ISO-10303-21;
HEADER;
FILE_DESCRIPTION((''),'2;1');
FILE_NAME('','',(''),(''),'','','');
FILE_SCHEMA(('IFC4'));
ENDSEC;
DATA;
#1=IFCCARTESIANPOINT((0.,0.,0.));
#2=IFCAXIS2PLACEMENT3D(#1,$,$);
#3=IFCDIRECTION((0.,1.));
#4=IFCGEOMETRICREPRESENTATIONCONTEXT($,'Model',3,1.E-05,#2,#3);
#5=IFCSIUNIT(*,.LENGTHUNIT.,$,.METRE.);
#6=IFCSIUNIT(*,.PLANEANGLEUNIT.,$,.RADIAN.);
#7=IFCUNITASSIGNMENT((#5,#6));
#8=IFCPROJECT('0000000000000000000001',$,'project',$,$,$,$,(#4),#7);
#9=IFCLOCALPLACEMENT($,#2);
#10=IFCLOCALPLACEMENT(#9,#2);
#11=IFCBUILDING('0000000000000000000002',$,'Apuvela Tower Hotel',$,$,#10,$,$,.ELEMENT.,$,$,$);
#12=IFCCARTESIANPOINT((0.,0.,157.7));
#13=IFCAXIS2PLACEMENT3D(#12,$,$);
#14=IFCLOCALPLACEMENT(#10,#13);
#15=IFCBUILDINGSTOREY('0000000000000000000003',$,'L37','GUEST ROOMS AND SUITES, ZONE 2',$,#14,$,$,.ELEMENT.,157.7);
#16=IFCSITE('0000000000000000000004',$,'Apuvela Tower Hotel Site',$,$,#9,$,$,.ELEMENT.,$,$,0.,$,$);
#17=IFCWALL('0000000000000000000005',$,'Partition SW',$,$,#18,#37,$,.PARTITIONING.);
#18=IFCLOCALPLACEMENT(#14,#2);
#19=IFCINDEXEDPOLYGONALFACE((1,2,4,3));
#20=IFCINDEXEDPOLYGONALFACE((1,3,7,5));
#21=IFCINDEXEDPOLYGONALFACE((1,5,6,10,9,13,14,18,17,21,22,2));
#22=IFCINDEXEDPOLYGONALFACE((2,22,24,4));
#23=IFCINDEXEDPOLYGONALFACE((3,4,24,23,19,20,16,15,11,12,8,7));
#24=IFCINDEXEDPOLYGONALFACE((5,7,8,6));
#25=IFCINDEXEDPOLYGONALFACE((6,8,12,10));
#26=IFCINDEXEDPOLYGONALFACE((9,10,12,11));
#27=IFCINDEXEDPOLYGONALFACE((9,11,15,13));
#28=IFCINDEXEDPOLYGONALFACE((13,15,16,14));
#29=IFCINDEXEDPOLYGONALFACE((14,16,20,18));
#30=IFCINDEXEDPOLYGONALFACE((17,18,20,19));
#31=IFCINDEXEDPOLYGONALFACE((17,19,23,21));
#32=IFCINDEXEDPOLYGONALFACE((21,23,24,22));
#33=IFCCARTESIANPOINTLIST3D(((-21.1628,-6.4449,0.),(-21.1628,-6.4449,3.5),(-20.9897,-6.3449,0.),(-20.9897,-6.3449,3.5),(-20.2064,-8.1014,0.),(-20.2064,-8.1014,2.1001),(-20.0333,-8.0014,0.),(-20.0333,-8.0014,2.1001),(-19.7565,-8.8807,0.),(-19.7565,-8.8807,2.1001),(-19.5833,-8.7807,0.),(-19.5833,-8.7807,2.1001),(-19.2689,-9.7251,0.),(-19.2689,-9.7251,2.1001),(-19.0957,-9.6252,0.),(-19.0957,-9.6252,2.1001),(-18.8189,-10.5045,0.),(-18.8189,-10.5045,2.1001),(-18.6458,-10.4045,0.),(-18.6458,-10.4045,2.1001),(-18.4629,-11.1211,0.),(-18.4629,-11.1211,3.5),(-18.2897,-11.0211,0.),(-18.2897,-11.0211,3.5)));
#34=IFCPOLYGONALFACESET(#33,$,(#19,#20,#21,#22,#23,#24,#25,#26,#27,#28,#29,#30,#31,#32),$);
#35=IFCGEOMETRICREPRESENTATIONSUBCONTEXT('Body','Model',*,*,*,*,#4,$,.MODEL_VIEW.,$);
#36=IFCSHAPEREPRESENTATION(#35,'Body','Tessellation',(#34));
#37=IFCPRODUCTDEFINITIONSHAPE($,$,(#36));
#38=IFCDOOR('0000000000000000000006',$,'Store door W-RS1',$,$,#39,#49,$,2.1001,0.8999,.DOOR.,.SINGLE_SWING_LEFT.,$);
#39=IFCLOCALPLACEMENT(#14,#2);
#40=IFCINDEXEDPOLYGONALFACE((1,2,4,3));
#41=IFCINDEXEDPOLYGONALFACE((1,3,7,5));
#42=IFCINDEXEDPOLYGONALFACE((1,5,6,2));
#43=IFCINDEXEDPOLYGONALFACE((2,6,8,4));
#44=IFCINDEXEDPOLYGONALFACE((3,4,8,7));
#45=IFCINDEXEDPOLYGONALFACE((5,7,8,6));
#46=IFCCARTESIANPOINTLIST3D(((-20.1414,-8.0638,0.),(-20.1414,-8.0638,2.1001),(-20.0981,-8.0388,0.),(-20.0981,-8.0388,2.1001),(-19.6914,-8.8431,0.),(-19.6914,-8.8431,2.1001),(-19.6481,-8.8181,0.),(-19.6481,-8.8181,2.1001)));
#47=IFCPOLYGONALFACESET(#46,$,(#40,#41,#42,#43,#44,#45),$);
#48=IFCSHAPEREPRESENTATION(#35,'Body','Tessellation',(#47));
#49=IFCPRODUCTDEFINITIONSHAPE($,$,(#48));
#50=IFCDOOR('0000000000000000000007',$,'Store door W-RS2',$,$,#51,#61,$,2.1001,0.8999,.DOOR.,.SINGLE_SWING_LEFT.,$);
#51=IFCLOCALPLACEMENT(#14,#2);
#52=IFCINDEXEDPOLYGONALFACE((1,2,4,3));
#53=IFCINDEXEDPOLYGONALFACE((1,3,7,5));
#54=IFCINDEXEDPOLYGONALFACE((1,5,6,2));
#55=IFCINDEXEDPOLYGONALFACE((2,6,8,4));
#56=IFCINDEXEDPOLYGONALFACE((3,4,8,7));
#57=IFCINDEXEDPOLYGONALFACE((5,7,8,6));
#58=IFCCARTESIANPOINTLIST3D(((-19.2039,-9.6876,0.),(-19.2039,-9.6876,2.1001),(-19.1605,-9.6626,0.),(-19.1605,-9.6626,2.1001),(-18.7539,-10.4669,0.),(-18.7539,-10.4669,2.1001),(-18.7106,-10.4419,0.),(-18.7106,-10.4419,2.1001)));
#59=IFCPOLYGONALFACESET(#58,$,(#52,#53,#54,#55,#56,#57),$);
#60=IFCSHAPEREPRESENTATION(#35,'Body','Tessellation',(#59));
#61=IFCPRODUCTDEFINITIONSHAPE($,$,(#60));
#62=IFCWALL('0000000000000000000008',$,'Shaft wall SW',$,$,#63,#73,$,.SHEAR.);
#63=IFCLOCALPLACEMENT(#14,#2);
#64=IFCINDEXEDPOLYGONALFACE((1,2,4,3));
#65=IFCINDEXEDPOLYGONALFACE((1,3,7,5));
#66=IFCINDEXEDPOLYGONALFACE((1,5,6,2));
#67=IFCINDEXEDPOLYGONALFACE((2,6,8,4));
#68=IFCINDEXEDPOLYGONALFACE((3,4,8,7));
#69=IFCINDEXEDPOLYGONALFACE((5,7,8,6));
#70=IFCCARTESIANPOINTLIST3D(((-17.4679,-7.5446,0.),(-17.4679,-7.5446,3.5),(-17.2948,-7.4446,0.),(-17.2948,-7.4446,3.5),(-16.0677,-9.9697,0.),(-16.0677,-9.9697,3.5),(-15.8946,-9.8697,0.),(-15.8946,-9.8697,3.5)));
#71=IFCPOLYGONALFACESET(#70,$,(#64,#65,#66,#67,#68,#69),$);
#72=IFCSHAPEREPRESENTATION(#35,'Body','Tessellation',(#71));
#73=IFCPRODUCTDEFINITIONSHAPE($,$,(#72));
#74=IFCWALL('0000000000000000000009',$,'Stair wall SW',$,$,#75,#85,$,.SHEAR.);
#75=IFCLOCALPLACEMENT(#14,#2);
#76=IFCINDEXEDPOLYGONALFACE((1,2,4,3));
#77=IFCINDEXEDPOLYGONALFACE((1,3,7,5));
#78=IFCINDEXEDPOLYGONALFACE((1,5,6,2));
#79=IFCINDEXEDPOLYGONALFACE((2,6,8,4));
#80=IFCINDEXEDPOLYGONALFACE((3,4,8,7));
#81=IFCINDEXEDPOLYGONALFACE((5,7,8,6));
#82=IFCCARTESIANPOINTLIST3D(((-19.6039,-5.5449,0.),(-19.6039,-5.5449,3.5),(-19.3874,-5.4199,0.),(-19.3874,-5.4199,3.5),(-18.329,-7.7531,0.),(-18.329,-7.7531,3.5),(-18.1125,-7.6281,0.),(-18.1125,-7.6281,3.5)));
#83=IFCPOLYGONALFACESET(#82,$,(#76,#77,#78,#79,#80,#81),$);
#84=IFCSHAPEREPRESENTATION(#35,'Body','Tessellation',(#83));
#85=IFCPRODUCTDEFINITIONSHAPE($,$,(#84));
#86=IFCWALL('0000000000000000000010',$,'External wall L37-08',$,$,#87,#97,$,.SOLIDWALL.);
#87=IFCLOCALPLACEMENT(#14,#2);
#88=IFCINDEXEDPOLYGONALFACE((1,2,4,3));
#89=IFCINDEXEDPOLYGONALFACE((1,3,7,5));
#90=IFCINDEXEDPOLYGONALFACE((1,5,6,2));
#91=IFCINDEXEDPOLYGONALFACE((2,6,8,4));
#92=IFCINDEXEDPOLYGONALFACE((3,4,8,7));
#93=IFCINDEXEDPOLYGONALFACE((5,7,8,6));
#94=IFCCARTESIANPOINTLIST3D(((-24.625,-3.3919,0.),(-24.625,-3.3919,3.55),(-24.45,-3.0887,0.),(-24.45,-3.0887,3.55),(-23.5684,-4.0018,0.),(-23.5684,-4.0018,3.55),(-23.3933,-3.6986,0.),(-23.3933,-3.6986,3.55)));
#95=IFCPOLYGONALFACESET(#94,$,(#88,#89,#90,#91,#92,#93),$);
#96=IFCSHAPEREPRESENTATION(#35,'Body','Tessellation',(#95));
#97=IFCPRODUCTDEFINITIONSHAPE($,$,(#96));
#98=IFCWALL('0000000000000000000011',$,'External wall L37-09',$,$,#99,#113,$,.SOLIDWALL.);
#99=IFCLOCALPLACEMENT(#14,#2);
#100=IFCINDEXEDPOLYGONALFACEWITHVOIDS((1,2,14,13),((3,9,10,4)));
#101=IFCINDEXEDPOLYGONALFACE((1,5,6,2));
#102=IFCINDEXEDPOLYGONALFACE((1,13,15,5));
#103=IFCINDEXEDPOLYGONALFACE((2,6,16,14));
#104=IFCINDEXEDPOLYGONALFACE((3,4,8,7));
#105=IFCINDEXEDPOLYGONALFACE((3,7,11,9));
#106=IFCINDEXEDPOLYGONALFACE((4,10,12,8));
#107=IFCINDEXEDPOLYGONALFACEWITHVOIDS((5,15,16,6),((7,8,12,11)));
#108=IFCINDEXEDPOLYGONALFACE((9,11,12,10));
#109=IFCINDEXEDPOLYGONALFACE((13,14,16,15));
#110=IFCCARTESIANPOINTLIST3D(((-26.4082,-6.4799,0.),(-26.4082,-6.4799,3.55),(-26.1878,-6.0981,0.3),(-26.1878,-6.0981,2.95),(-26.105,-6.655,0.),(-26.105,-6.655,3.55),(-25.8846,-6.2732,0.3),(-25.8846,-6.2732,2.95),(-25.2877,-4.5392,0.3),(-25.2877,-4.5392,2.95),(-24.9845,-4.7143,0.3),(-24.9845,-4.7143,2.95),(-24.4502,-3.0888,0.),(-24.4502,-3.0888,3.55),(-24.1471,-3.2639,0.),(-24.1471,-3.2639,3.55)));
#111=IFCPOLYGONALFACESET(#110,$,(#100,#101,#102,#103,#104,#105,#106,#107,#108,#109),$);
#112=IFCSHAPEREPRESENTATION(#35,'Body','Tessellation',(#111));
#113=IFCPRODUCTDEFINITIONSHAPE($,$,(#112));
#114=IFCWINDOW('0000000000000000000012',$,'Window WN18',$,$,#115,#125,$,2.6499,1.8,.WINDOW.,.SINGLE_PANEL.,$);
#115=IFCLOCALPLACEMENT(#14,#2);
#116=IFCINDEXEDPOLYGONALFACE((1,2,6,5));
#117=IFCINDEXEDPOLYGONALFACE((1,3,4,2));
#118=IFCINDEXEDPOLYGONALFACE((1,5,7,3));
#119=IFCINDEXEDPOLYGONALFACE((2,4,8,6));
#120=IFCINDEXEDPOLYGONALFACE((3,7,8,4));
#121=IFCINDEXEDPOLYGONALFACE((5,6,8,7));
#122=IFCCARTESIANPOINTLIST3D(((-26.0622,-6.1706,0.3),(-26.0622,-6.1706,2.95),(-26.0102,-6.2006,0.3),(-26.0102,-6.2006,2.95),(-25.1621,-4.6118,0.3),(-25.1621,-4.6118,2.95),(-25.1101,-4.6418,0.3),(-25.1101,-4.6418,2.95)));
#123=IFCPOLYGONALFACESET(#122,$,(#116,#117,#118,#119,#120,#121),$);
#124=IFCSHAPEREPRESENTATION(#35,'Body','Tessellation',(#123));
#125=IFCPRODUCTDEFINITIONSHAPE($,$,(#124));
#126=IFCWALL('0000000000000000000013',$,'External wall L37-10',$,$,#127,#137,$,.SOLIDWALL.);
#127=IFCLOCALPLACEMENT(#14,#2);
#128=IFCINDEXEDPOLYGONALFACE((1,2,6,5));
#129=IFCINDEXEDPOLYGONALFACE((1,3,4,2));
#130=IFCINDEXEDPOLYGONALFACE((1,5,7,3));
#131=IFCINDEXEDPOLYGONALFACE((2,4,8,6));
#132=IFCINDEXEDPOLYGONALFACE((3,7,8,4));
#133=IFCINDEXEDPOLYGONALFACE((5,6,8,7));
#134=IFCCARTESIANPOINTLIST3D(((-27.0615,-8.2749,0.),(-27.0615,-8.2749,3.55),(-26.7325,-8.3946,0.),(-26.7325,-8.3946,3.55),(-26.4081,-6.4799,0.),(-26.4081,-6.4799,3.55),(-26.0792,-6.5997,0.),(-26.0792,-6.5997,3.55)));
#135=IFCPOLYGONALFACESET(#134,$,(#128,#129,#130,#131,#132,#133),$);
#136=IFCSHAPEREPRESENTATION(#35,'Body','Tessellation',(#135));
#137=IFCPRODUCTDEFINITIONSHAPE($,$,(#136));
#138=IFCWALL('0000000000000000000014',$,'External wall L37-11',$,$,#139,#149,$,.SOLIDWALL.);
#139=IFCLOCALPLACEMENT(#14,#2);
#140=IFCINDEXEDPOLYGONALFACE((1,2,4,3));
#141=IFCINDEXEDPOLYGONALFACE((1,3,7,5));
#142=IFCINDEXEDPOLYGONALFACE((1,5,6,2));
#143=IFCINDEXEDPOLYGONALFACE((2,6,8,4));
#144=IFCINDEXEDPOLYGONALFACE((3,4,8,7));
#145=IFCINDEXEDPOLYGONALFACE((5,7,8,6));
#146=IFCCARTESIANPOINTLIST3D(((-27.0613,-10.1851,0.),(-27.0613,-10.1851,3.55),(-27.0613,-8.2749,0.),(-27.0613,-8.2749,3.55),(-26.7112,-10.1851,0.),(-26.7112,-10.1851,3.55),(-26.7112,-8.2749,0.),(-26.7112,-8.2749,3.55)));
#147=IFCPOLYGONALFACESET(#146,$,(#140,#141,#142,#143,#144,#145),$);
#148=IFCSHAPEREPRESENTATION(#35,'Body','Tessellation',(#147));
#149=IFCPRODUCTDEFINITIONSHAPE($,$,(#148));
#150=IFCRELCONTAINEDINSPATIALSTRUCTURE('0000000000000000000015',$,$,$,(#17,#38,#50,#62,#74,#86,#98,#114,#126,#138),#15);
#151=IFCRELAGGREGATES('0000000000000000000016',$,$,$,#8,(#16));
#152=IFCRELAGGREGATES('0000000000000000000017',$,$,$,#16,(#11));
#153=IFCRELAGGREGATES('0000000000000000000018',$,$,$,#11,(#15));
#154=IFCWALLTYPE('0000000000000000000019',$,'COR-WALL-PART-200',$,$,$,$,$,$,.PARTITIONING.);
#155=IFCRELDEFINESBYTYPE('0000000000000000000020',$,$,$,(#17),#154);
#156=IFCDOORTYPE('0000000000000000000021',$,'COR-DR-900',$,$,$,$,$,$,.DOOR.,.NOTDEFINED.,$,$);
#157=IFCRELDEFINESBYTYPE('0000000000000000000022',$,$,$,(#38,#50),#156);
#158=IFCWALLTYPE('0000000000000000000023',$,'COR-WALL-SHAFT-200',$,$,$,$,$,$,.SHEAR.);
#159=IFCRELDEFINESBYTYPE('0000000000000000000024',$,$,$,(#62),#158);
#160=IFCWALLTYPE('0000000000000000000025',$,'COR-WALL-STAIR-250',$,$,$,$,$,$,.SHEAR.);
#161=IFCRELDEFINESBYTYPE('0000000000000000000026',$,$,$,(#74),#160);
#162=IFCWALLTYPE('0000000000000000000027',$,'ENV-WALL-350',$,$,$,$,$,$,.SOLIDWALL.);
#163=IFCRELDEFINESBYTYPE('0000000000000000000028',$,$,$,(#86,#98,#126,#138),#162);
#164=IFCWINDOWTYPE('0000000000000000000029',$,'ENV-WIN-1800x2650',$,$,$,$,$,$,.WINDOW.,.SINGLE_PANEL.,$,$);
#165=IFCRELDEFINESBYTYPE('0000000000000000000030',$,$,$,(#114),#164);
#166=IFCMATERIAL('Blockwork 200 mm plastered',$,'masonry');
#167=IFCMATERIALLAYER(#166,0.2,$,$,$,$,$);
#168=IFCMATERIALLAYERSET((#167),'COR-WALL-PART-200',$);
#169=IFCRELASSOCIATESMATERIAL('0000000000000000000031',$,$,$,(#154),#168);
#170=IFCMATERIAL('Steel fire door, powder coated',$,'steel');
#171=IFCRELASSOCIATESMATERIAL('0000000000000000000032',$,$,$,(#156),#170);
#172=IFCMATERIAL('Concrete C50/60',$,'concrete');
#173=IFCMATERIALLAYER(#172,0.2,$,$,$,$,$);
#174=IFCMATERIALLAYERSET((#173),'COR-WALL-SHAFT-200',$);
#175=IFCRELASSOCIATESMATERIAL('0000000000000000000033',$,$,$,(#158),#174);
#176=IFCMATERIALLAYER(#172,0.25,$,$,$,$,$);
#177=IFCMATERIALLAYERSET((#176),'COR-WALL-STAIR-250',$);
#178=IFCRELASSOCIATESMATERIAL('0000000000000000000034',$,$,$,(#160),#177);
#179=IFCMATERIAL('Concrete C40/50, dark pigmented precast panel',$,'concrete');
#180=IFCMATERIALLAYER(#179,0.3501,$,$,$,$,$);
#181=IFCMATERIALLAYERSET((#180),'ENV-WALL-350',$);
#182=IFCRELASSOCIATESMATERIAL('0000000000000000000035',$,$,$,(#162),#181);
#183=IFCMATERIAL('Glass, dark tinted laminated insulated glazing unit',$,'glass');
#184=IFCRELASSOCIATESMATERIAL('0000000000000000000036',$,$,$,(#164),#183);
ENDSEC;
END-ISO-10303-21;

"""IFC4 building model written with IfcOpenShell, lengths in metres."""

from ifc_helpers import new_model, si_unit, direction, frame, frame_2d, origin, place, context, subcontext, project, spatial, rectangle, extrude, material, layer, layer_set, type_object, element, fill, save


model = new_model("IFC4")

# Units and contexts
model_context = context("Model", 3, precision=1e-05, world=origin(), true_north=direction((0.0, 1.0)))
body_context = subcontext(model_context, "Body", "Model", "MODEL_VIEW")
ifc_project = project(units=[si_unit("LENGTHUNIT", "METRE"), si_unit("PLANEANGLEUNIT", "RADIAN")], contexts=[model_context])

# Site, building, storey
site_placement = place(None, origin())
site = spatial("IfcSite", under=ifc_project, at=site_placement, Name="Apuvela Tower Hotel Site", CompositionType="ELEMENT", RefElevation=0.0)
building_placement = place(site_placement, origin())
building = spatial("IfcBuilding", under=site, at=building_placement, Name="Apuvela Tower Hotel", CompositionType="ELEMENT")
storey_placement = place(building_placement, frame((0.0, 0.0, 157.7)))
storey = spatial("IfcBuildingStorey", under=building, at=storey_placement, Name="L37", Description="GUEST ROOMS AND SUITES, ZONE 2", CompositionType="ELEMENT", Elevation=157.7)

# Wall, openings, doors
ifc_material_1 = material(Name="Blockwork 200 mm plastered", Category="masonry")
ifc_layer_1 = layer(ifc_material_1, 0.2)
ifc_layer_set_1 = layer_set([ifc_layer_1], Name="COR-WALL-PART-200")
wall_type_1 = type_object("IfcWallType", Name="COR-WALL-PART-200", PredefinedType="PARTITIONING", material=ifc_layer_set_1)
wall_1_placement = place(storey_placement, frame((-21.0762, -6.395, 0.0), z_axis=(0.0, 0.0, 1.0), x_axis=(0.500015, -0.866017, 0.0)))
wall_1 = element("IfcWall", 1, at=wall_1_placement, inside=storey, type_object=wall_type_1, Name="Partition SW", PredefinedType="PARTITIONING", context=body_context, shape_type="SweptSolid", body=[
    extrude(rectangle(XDim=5.3997, YDim=0.2, at=frame_2d((2.6997, 0.0))), origin(), (0.0, 0.0, 1.0), 3.5),
])
opening_1_placement = place(wall_1_placement, frame((1.9126, 0.0, 0.0)))
opening_1 = element("IfcOpeningElement", 2, at=opening_1_placement, cuts=wall_1, PredefinedType="OPENING", context=body_context, shape_type="SweptSolid", body=[
    extrude(rectangle(XDim=0.8999, YDim=2.1001, at=frame_2d((0.45, 1.05))), frame((0.0, 0.1099, 0.0), z_axis=(0.0, -1.0, 0.0), x_axis=(1.0, 0.0, 0.0)), (0.0, 0.0, 1.0), 0.22),
])
opening_2_placement = place(wall_1_placement, frame((3.7876, 0.0, 0.0)))
opening_2 = element("IfcOpeningElement", 3, at=opening_2_placement, cuts=wall_1, PredefinedType="OPENING", context=body_context, shape_type="SweptSolid", body=[
    extrude(rectangle(XDim=0.8999, YDim=2.1001, at=frame_2d((0.45, 1.05))), frame((0.0, 0.1099, 0.0), z_axis=(0.0, -1.0, 0.0), x_axis=(1.0, 0.0, 0.0)), (0.0, 0.0, 1.0), 0.22),
])
ifc_material_2 = material(Name="Steel fire door, powder coated", Category="steel")
door_type_1 = type_object("IfcDoorType", Name="COR-DR-900", OperationType="NOTDEFINED", PredefinedType="DOOR", material=ifc_material_2)
door_1_placement = place(opening_1_placement, frame((0.8999, 0.0, 0.0), z_axis=(0.0, 0.0, 1.0), x_axis=(-1.0, 0.0, 0.0)))
door_1 = element("IfcDoor", 4, at=door_1_placement, inside=storey, type_object=door_type_1, Name="Store door W-RS1", OperationType="SINGLE_SWING_LEFT", OverallHeight=2.1001, OverallWidth=0.8999, PredefinedType="DOOR", context=body_context, shape_type="SweptSolid", body=[
    extrude(rectangle(XDim=0.8999, YDim=2.1001, at=frame_2d((0.45, 1.05))), frame((0.0, 0.0249, 0.0), z_axis=(0.0, -1.0, 0.0), x_axis=(1.0, 0.0, 0.0)), (0.0, 0.0, 1.0), 0.05),
])
fill(opening_1, door_1)
door_2_placement = place(opening_2_placement, frame((0.8999, 0.0, 0.0), z_axis=(0.0, 0.0, 1.0), x_axis=(-1.0, 0.0, 0.0)))
door_2 = element("IfcDoor", 5, at=door_2_placement, inside=storey, type_object=door_type_1, Name="Store door W-RS2", OperationType="SINGLE_SWING_LEFT", OverallHeight=2.1001, OverallWidth=0.8999, PredefinedType="DOOR", context=body_context, shape_type="SweptSolid", body=[
    extrude(rectangle(XDim=0.8999, YDim=2.1001, at=frame_2d((0.45, 1.05))), frame((0.0, 0.0249, 0.0), z_axis=(0.0, -1.0, 0.0), x_axis=(1.0, 0.0, 0.0)), (0.0, 0.0, 1.0), 0.05),
])
fill(opening_2, door_2)

# Walls
ifc_material_3 = material(Name="Concrete C50/60", Category="concrete")
ifc_layer_2 = layer(ifc_material_3, 0.2)
ifc_layer_set_2 = layer_set([ifc_layer_2], Name="COR-WALL-SHAFT-200")
wall_type_2 = type_object("IfcWallType", Name="COR-WALL-SHAFT-200", PredefinedType="SHEAR", material=ifc_layer_set_2)
wall_2_placement = place(storey_placement, frame((-17.3813, -7.4946, 0.0), z_axis=(0.0, 0.0, 1.0), x_axis=(0.500012, -0.866019, 0.0)))
element("IfcWall", 6, at=wall_2_placement, inside=storey, type_object=wall_type_2, Name="Shaft wall SW", PredefinedType="SHEAR", context=body_context, shape_type="SweptSolid", body=[
    extrude(rectangle(XDim=2.8003, YDim=0.2, at=frame_2d((1.4001, 0.0))), origin(), (0.0, 0.0, 1.0), 3.5),
])
ifc_layer_3 = layer(ifc_material_3, 0.25)
ifc_layer_set_3 = layer_set([ifc_layer_3], Name="COR-WALL-STAIR-250")
wall_type_3 = type_object("IfcWallType", Name="COR-WALL-STAIR-250", PredefinedType="SHEAR", material=ifc_layer_set_3)
wall_3_placement = place(storey_placement, frame((-19.4956, -5.4824, 0.0), z_axis=(0.0, 0.0, 1.0), x_axis=(0.49999, -0.866031, 0.0)))
element("IfcWall", 7, at=wall_3_placement, inside=storey, type_object=wall_type_3, Name="Stair wall SW", PredefinedType="SHEAR", context=body_context, shape_type="SweptSolid", body=[
    extrude(rectangle(XDim=2.5498, YDim=0.25, at=frame_2d((1.2749, 0.0))), origin(), (0.0, 0.0, 1.0), 3.5),
])
ifc_material_4 = material(Name="Concrete C40/50, dark pigmented precast panel", Category="concrete")
ifc_layer_4 = layer(ifc_material_4, 0.3501)
ifc_layer_set_4 = layer_set([ifc_layer_4], Name="ENV-WALL-350")
wall_type_4 = type_object("IfcWallType", Name="ENV-WALL-350", PredefinedType="SOLIDWALL", material=ifc_layer_set_4)
wall_4_placement = place(storey_placement, frame((-23.481, -3.8501, 0.0), z_axis=(0.0, 0.0, 1.0), x_axis=(-0.866092, 0.499884, 0.0)))
element("IfcWall", 8, at=wall_4_placement, inside=storey, type_object=wall_type_4, Name="External wall L37-08", PredefinedType="SOLIDWALL", context=body_context, shape_type="SweptSolid", body=[
    extrude(rectangle(XDim=1.22, YDim=0.3501, at=frame_2d((0.6099, 0.0))), origin(), (0.0, 0.0, 1.0), 3.55),
])

# Wall, opening, window
wall_5_placement = place(storey_placement, frame((-24.2986, -3.1763, 0.0), z_axis=(0.0, 0.0, 1.0), x_axis=(-0.500028, -0.866009, 0.0)))
wall_5 = element("IfcWall", 9, at=wall_5_placement, inside=storey, type_object=wall_type_4, Name="External wall L37-09", PredefinedType="SOLIDWALL", context=body_context, shape_type="SweptSolid", body=[
    extrude(rectangle(XDim=3.9158, YDim=0.3501, at=frame_2d((1.958, 0.0))), origin(), (0.0, 0.0, 1.0), 3.55),
])
opening_3_placement = place(wall_5_placement, frame((1.675, 0.0, 0.3)))
opening_3 = element("IfcOpeningElement", 10, at=opening_3_placement, cuts=wall_5, PredefinedType="OPENING", context=body_context, shape_type="SweptSolid", body=[
    extrude(rectangle(XDim=1.8, YDim=2.6499, at=frame_2d((0.8999, 1.325))), frame((0.0, 0.1851, 0.0), z_axis=(0.0, -1.0, 0.0), x_axis=(1.0, 0.0, 0.0)), (0.0, 0.0, 1.0), 0.3701),
])
ifc_material_5 = material(Name="Glass, dark tinted laminated insulated glazing unit", Category="glass")
window_type = type_object("IfcWindowType", Name="ENV-WIN-1800x2650", PartitioningType="SINGLE_PANEL", PredefinedType="WINDOW", material=ifc_material_5)
window_placement = place(opening_3_placement, origin())
window = element("IfcWindow", 11, at=window_placement, inside=storey, type_object=window_type, Name="Window WN18", OverallHeight=2.6499, OverallWidth=1.8, PartitioningType="SINGLE_PANEL", PredefinedType="WINDOW", context=body_context, shape_type="SweptSolid", body=[
    extrude(rectangle(XDim=1.8, YDim=2.6499, at=frame_2d((0.8999, 1.325))), frame((0.0, 0.03, 0.0), z_axis=(0.0, -1.0, 0.0), x_axis=(1.0, 0.0, 0.0)), (0.0, 0.0, 1.0), 0.0601),
])
fill(opening_3, window)

# Walls
for number, where, z_axis, x_axis, name in (
    (12, (-26.2437, -6.5398, 0.0), (0.0, 0.0, 1.0), (-0.34203, -0.939689, 0.0), "External wall L37-10"),
    (13, (-26.8862, -8.2749, 0.0), (0.0, 0.0, 1.0), (0.0, -1.0, 0.0), "External wall L37-11"),
):
    element("IfcWall", number, at=place(storey_placement, frame(where, z_axis=z_axis, x_axis=x_axis)), inside=storey, type_object=wall_type_4, Name=name, PredefinedType="SOLIDWALL", context=body_context, shape_type="SweptSolid", body=[
        extrude(rectangle(XDim=1.9102, YDim=0.3501, at=frame_2d((0.9551, 0.0))), origin(), (0.0, 0.0, 1.0), 3.55),
    ])

save(model, "model.ifc")
